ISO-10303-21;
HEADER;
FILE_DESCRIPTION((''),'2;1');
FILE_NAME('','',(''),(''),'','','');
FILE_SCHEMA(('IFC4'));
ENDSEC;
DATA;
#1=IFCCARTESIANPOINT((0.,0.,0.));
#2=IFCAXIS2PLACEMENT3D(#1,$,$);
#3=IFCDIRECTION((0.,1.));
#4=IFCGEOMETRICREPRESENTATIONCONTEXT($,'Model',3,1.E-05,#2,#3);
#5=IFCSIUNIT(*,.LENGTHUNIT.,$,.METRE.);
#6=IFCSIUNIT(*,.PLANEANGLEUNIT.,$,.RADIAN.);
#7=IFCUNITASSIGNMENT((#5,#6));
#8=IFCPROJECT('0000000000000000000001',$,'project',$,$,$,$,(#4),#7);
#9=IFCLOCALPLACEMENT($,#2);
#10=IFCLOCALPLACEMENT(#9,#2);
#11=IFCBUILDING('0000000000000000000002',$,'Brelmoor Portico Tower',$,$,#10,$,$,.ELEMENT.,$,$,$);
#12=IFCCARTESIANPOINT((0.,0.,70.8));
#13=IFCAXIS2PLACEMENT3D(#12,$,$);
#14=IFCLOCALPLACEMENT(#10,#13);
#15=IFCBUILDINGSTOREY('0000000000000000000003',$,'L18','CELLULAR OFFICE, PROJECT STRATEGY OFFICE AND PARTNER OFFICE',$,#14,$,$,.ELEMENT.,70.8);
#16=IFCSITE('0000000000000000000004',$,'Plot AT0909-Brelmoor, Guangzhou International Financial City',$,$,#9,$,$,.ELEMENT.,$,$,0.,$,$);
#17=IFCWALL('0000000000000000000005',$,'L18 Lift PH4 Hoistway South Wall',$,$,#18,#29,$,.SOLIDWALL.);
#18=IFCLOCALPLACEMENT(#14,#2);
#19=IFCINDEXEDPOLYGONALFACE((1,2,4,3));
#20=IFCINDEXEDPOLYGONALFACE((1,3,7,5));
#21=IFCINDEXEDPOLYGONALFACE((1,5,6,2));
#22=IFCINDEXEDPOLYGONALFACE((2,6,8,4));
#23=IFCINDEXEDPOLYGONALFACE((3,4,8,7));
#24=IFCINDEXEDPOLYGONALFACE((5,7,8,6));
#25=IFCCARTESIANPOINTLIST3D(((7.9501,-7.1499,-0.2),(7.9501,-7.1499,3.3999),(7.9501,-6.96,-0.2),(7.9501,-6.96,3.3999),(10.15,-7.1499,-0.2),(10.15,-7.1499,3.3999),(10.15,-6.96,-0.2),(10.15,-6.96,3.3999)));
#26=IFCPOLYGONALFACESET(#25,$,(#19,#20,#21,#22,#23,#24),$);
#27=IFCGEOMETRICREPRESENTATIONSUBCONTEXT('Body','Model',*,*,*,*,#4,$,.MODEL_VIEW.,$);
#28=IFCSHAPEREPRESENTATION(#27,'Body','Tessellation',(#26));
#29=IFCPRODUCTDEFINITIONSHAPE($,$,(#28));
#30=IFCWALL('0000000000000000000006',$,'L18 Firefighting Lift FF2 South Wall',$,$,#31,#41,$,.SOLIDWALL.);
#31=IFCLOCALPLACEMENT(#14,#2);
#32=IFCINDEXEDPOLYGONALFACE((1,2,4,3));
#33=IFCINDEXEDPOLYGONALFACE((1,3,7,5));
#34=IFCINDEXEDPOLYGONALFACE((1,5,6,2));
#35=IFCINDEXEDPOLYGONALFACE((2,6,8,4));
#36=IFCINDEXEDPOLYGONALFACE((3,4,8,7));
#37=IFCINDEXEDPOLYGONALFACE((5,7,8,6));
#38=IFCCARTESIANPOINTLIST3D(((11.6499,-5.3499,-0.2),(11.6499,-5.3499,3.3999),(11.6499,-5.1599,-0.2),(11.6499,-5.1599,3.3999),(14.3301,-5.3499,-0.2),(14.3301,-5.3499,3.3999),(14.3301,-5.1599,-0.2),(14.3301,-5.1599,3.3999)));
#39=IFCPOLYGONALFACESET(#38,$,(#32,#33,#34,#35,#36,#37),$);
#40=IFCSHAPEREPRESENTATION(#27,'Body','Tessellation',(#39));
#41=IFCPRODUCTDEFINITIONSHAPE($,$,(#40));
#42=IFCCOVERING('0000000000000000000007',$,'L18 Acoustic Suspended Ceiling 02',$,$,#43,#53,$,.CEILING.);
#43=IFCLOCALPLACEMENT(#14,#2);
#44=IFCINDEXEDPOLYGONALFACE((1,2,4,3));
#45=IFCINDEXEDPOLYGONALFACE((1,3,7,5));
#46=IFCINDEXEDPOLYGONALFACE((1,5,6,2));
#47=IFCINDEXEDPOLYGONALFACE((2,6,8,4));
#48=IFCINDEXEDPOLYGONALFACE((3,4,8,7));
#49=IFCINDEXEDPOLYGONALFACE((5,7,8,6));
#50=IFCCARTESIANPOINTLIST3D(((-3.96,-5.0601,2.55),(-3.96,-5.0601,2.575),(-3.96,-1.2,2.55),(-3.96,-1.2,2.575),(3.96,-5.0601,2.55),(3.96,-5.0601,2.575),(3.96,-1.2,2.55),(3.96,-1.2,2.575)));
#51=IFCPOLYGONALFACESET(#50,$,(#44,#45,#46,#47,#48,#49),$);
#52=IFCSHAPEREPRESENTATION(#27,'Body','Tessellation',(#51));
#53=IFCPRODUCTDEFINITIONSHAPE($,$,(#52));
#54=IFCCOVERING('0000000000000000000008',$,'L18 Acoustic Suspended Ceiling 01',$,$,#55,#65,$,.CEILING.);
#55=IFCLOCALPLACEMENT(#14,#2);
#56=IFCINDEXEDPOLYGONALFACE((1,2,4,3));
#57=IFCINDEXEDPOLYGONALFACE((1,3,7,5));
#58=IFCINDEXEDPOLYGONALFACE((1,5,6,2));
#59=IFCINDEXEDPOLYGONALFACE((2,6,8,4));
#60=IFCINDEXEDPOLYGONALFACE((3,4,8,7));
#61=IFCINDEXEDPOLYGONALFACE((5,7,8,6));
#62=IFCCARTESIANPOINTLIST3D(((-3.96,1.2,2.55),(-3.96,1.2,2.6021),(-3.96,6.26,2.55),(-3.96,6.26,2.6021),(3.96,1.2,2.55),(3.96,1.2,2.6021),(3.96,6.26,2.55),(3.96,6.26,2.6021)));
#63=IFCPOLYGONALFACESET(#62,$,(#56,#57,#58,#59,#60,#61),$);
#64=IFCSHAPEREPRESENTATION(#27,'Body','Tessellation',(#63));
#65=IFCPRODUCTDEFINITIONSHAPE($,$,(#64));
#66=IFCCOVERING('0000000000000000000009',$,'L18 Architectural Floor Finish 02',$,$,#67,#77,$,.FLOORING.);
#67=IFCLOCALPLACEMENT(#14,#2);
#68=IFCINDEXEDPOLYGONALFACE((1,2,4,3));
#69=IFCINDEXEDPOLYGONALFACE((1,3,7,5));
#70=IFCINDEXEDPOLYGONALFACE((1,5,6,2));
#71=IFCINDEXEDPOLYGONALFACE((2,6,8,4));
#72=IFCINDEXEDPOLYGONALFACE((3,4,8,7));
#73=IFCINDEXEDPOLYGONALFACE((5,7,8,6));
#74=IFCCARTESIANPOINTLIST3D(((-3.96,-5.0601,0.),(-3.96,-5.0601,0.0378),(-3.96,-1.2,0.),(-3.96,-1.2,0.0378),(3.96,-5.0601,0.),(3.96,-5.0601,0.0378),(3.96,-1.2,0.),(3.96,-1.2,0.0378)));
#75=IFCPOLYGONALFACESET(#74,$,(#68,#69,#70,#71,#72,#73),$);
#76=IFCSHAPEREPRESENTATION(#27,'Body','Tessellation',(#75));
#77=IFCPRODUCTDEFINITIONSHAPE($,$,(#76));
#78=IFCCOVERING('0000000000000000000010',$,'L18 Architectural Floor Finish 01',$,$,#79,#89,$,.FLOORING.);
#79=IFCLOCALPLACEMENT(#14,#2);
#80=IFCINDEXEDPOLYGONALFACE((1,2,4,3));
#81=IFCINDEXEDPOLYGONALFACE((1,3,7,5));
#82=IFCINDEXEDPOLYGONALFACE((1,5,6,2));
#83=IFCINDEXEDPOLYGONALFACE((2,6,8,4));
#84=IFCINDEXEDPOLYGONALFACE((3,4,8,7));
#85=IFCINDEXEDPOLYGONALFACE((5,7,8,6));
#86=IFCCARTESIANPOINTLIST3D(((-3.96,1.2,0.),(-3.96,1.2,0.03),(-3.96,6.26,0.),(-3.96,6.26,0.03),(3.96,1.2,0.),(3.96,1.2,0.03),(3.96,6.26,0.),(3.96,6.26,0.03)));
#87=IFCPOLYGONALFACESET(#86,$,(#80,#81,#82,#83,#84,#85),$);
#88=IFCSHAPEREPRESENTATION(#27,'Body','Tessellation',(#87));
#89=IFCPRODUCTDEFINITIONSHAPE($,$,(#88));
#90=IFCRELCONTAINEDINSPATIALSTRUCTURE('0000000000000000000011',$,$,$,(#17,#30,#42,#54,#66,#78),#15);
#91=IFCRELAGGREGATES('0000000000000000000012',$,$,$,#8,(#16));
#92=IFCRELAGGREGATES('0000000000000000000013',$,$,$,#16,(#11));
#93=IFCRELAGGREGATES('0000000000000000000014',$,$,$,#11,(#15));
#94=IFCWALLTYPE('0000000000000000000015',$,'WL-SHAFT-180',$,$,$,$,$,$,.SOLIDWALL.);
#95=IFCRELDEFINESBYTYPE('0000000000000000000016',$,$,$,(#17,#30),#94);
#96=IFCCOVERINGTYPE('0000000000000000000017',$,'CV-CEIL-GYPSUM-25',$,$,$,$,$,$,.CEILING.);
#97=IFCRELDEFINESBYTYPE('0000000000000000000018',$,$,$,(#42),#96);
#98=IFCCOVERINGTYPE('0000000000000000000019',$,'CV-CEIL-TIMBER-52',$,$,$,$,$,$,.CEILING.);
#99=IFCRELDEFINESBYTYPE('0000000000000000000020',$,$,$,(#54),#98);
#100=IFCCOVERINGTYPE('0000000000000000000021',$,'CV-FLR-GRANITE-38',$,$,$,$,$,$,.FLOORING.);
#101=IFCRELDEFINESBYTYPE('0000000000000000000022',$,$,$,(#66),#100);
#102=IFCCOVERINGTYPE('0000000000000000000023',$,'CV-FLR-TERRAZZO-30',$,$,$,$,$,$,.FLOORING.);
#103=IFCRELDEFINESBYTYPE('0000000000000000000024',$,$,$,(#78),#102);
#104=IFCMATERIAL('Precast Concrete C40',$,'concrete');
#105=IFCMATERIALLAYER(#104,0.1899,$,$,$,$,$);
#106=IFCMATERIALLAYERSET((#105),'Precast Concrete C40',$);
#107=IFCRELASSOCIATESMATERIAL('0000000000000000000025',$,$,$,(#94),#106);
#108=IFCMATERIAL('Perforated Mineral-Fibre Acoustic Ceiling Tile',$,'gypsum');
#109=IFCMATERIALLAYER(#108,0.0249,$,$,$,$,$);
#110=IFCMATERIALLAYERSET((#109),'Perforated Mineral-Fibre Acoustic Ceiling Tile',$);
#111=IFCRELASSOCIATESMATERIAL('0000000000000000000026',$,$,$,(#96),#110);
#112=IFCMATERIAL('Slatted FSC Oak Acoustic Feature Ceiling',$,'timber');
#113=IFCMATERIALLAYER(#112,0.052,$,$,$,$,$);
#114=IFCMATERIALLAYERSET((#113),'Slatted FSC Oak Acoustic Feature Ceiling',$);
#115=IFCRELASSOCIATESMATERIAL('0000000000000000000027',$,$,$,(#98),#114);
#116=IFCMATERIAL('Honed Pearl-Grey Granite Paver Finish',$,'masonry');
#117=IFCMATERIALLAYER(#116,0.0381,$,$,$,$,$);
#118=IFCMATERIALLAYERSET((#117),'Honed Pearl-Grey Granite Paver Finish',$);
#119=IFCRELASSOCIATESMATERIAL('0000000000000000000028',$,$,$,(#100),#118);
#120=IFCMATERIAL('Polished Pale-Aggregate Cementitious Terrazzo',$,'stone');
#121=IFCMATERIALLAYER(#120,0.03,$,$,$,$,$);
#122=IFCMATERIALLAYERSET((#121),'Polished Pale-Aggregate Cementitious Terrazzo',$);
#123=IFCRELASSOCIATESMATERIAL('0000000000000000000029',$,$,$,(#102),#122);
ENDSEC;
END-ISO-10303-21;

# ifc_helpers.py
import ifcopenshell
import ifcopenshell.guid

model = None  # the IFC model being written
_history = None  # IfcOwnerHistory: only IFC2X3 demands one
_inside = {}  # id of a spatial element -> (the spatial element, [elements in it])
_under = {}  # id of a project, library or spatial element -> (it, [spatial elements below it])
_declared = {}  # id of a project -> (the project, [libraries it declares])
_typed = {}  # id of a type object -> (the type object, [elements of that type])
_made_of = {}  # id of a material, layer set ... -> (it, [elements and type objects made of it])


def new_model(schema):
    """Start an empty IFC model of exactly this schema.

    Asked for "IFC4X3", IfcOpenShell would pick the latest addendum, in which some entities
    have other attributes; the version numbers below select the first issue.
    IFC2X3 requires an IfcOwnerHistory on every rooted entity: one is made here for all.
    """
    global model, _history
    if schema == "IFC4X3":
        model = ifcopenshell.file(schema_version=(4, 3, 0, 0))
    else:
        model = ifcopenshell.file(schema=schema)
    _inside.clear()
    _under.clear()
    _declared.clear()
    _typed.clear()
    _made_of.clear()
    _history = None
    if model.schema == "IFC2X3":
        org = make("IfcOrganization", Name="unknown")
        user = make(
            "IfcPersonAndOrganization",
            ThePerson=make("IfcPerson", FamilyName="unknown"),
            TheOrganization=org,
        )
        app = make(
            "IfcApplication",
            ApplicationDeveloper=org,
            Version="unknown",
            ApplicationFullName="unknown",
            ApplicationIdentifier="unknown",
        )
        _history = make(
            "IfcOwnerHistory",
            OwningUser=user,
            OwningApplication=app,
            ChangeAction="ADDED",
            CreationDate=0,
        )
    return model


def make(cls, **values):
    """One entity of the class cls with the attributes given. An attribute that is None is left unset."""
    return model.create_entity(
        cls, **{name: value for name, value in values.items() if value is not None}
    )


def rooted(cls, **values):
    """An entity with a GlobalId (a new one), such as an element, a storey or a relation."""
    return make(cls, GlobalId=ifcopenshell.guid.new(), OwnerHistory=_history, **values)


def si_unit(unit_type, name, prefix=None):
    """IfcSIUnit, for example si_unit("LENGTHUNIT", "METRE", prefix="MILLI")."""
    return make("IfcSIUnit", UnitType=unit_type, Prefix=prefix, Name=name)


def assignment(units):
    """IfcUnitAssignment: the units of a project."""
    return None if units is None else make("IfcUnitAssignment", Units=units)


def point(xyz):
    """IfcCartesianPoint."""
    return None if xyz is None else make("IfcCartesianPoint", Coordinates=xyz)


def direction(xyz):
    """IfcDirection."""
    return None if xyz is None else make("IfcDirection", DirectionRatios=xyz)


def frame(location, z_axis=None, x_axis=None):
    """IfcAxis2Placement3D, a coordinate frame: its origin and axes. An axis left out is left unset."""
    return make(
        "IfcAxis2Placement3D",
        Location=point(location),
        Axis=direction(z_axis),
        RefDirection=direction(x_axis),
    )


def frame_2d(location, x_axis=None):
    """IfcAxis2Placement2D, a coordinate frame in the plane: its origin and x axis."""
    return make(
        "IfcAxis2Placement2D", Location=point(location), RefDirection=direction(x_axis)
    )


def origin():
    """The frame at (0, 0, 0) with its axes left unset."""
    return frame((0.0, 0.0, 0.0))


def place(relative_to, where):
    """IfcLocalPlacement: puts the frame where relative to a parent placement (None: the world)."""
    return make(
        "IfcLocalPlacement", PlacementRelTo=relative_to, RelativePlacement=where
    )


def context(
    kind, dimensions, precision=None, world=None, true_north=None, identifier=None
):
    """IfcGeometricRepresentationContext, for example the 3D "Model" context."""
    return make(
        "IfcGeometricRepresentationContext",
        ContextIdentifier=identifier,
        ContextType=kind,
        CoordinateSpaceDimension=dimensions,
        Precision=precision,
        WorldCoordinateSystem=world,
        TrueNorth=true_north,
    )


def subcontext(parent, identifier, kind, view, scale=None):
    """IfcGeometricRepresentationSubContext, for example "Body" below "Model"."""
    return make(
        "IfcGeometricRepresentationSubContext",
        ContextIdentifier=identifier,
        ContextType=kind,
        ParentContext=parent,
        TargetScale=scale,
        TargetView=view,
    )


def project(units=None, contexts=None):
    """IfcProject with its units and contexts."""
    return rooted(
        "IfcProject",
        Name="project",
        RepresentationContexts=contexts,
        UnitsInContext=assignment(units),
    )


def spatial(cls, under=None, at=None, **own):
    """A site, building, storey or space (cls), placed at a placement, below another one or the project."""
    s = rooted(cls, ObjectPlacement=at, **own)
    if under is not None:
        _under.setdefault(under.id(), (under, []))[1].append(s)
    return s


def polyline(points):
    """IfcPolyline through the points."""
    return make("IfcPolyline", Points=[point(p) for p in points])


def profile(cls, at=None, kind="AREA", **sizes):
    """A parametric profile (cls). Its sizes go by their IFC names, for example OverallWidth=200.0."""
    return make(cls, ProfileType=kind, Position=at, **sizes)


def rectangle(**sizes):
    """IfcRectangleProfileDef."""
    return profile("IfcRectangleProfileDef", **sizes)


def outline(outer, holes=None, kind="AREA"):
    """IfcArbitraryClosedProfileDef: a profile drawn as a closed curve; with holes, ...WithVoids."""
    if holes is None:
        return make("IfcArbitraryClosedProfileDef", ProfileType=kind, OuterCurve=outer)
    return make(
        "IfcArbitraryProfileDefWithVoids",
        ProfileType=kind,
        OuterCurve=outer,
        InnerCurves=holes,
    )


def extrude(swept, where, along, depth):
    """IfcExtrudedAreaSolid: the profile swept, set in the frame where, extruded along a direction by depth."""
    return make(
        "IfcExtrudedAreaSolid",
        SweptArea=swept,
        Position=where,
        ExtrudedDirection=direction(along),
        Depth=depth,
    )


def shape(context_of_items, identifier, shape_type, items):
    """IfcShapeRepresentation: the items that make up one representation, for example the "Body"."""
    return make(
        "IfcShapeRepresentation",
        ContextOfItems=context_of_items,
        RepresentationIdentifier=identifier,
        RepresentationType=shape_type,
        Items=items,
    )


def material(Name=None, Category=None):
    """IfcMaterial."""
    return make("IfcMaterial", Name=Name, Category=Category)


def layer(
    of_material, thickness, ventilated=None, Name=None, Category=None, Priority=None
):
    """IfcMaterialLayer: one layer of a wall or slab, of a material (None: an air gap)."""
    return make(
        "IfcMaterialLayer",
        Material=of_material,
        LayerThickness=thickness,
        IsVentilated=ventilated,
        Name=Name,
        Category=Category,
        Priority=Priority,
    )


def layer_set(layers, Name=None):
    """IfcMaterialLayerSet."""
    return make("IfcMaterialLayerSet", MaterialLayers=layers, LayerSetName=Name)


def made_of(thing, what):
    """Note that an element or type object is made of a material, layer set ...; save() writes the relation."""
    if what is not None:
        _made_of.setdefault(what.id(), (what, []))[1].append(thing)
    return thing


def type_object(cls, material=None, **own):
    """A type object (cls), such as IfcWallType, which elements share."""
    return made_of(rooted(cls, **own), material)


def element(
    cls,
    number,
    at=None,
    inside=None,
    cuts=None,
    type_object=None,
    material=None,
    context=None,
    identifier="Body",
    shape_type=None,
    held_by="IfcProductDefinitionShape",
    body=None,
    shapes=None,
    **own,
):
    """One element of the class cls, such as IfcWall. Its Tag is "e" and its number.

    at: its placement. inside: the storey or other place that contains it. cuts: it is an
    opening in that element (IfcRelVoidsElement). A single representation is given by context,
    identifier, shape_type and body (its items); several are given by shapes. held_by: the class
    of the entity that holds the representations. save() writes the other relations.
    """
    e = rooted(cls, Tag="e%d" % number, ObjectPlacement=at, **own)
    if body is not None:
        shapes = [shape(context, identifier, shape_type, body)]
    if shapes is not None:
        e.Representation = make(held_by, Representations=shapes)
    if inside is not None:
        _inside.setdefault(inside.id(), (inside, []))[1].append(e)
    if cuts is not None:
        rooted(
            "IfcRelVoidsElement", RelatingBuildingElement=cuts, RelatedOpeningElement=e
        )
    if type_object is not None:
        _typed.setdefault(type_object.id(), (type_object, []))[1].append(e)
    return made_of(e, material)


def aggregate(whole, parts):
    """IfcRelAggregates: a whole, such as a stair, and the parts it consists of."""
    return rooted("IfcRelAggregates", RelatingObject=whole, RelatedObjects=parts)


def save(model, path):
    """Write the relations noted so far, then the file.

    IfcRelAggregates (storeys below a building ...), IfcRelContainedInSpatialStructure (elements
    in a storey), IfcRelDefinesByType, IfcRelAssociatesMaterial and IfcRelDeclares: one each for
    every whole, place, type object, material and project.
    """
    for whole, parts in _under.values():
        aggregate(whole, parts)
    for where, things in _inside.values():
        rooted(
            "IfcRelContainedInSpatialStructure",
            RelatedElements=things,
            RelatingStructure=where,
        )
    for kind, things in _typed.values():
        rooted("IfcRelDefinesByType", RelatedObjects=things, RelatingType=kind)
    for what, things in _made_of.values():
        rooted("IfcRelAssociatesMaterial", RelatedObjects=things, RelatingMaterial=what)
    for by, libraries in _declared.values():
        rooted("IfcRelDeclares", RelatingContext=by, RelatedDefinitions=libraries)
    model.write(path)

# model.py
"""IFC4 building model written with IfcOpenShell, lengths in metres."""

from ifc_helpers import new_model, si_unit, direction, frame, frame_2d, origin, place, context, subcontext, project, spatial, polyline, rectangle, outline, extrude, material, layer, layer_set, type_object, element, save


model = new_model("IFC4")

# Units and contexts
model_context = context("Model", 3, precision=1e-05, world=origin(), true_north=direction((0.0, 1.0)))
body_context = subcontext(model_context, "Body", "Model", "MODEL_VIEW")
ifc_project = project(units=[si_unit("LENGTHUNIT", "METRE"), si_unit("PLANEANGLEUNIT", "RADIAN")], contexts=[model_context])

# Site, building, storey
site_placement = place(None, origin())
site = spatial("IfcSite", under=ifc_project, at=site_placement, Name="Plot AT0909-Brelmoor, Guangzhou International Financial City", CompositionType="ELEMENT", RefElevation=0.0)
building_placement = place(site_placement, origin())
building = spatial("IfcBuilding", under=site, at=building_placement, Name="Brelmoor Portico Tower", CompositionType="ELEMENT")
storey_placement = place(building_placement, frame((0.0, 0.0, 70.8)))
storey = spatial("IfcBuildingStorey", under=building, at=storey_placement, Name="L18", Description="CELLULAR OFFICE, PROJECT STRATEGY OFFICE AND PARTNER OFFICE", CompositionType="ELEMENT", Elevation=70.8)

# Walls
ifc_material_1 = material(Name="Precast Concrete C40", Category="concrete")
ifc_layer_1 = layer(ifc_material_1, 0.1899)
ifc_layer_set_1 = layer_set([ifc_layer_1], Name="Precast Concrete C40")
wall_type_1 = type_object("IfcWallType", Name="WL-SHAFT-180", PredefinedType="SOLIDWALL", material=ifc_layer_set_1)
for number, where, z_axis, x_axis, name in (
    (1, (7.95, -7.0549, -0.2), (0.0, 0.0, 1.0), (1.0, 0.0, 0.0), "L18 Lift PH4 Hoistway South Wall"),
):
    element("IfcWall", number, at=place(storey_placement, frame(where, z_axis=z_axis, x_axis=x_axis)), inside=storey, type_object=wall_type_1, Name=name, PredefinedType="SOLIDWALL", context=body_context, shape_type="SweptSolid", body=[
        extrude(rectangle(XDim=2.2, YDim=0.1899, at=frame_2d((1.1001, 0.0))), origin(), (0.0, 0.0, 1.0), 3.5999),
    ])
wall_1_placement = place(storey_placement, frame((11.6499, -5.2549, -0.2), z_axis=(0.0, 0.0, 1.0), x_axis=(1.0, 0.0, 0.0)))
element("IfcWall", 2, at=wall_1_placement, inside=storey, type_object=wall_type_1, Name="L18 Firefighting Lift FF2 South Wall", PredefinedType="SOLIDWALL", context=body_context, shape_type="SweptSolid", body=[
    extrude(rectangle(XDim=2.6802, YDim=0.1899, at=frame_2d((1.3401, 0.0))), origin(), (0.0, 0.0, 1.0), 3.5999),
])

# Coverings
ifc_material_2 = material(Name="Perforated Mineral-Fibre Acoustic Ceiling Tile", Category="gypsum")
ifc_layer_2 = layer(ifc_material_2, 0.0249)
ifc_layer_set_2 = layer_set([ifc_layer_2], Name="Perforated Mineral-Fibre Acoustic Ceiling Tile")
covering_type_1 = type_object("IfcCoveringType", Name="CV-CEIL-GYPSUM-25", PredefinedType="CEILING", material=ifc_layer_set_2)
covering_1_placement = place(storey_placement, frame((0.0, 0.0, 2.55)))
element("IfcCovering", 3, at=covering_1_placement, inside=storey, type_object=covering_type_1, Name="L18 Acoustic Suspended Ceiling 02", PredefinedType="CEILING", context=body_context, shape_type="SweptSolid", body=[
    extrude(outline(polyline([(-3.96, -5.0601), (-3.96, -1.2), (3.96, -1.2), (3.96, -5.0601), (-3.96, -5.0601)])), origin(), (0.0, 0.0, 1.0), 0.0249),
])
ifc_material_3 = material(Name="Slatted FSC Oak Acoustic Feature Ceiling", Category="timber")
ifc_layer_3 = layer(ifc_material_3, 0.052)
ifc_layer_set_3 = layer_set([ifc_layer_3], Name="Slatted FSC Oak Acoustic Feature Ceiling")
covering_type_2 = type_object("IfcCoveringType", Name="CV-CEIL-TIMBER-52", PredefinedType="CEILING", material=ifc_layer_set_3)
covering_2_placement = place(storey_placement, frame((0.0, 0.0, 2.55)))
element("IfcCovering", 4, at=covering_2_placement, inside=storey, type_object=covering_type_2, Name="L18 Acoustic Suspended Ceiling 01", PredefinedType="CEILING", context=body_context, shape_type="SweptSolid", body=[
    extrude(outline(polyline([(-3.96, 1.2), (-3.96, 6.26), (3.96, 6.26), (3.96, 1.2), (-3.96, 1.2)])), origin(), (0.0, 0.0, 1.0), 0.052),
])
ifc_material_4 = material(Name="Honed Pearl-Grey Granite Paver Finish", Category="masonry")
ifc_layer_4 = layer(ifc_material_4, 0.0381)
ifc_layer_set_4 = layer_set([ifc_layer_4], Name="Honed Pearl-Grey Granite Paver Finish")
covering_type_3 = type_object("IfcCoveringType", Name="CV-FLR-GRANITE-38", PredefinedType="FLOORING", material=ifc_layer_set_4)
covering_3_placement = place(storey_placement, origin())
element("IfcCovering", 5, at=covering_3_placement, inside=storey, type_object=covering_type_3, Name="L18 Architectural Floor Finish 02", PredefinedType="FLOORING", context=body_context, shape_type="SweptSolid", body=[
    extrude(outline(polyline([(-3.96, -5.0601), (-3.96, -1.2), (3.96, -1.2), (3.96, -5.0601), (-3.96, -5.0601)])), origin(), (0.0, 0.0, 1.0), 0.0378),
])
ifc_material_5 = material(Name="Polished Pale-Aggregate Cementitious Terrazzo", Category="stone")
ifc_layer_5 = layer(ifc_material_5, 0.03)
ifc_layer_set_5 = layer_set([ifc_layer_5], Name="Polished Pale-Aggregate Cementitious Terrazzo")
covering_type_4 = type_object("IfcCoveringType", Name="CV-FLR-TERRAZZO-30", PredefinedType="FLOORING", material=ifc_layer_set_5)
covering_4_placement = place(storey_placement, origin())
element("IfcCovering", 6, at=covering_4_placement, inside=storey, type_object=covering_type_4, Name="L18 Architectural Floor Finish 01", PredefinedType="FLOORING", context=body_context, shape_type="SweptSolid", body=[
    extrude(outline(polyline([(-3.96, 1.2), (-3.96, 6.26), (3.96, 6.26), (3.96, 1.2), (-3.96, 1.2)])), origin(), (0.0, 0.0, 1.0), 0.03),
])

save(model, "model.ifc")
